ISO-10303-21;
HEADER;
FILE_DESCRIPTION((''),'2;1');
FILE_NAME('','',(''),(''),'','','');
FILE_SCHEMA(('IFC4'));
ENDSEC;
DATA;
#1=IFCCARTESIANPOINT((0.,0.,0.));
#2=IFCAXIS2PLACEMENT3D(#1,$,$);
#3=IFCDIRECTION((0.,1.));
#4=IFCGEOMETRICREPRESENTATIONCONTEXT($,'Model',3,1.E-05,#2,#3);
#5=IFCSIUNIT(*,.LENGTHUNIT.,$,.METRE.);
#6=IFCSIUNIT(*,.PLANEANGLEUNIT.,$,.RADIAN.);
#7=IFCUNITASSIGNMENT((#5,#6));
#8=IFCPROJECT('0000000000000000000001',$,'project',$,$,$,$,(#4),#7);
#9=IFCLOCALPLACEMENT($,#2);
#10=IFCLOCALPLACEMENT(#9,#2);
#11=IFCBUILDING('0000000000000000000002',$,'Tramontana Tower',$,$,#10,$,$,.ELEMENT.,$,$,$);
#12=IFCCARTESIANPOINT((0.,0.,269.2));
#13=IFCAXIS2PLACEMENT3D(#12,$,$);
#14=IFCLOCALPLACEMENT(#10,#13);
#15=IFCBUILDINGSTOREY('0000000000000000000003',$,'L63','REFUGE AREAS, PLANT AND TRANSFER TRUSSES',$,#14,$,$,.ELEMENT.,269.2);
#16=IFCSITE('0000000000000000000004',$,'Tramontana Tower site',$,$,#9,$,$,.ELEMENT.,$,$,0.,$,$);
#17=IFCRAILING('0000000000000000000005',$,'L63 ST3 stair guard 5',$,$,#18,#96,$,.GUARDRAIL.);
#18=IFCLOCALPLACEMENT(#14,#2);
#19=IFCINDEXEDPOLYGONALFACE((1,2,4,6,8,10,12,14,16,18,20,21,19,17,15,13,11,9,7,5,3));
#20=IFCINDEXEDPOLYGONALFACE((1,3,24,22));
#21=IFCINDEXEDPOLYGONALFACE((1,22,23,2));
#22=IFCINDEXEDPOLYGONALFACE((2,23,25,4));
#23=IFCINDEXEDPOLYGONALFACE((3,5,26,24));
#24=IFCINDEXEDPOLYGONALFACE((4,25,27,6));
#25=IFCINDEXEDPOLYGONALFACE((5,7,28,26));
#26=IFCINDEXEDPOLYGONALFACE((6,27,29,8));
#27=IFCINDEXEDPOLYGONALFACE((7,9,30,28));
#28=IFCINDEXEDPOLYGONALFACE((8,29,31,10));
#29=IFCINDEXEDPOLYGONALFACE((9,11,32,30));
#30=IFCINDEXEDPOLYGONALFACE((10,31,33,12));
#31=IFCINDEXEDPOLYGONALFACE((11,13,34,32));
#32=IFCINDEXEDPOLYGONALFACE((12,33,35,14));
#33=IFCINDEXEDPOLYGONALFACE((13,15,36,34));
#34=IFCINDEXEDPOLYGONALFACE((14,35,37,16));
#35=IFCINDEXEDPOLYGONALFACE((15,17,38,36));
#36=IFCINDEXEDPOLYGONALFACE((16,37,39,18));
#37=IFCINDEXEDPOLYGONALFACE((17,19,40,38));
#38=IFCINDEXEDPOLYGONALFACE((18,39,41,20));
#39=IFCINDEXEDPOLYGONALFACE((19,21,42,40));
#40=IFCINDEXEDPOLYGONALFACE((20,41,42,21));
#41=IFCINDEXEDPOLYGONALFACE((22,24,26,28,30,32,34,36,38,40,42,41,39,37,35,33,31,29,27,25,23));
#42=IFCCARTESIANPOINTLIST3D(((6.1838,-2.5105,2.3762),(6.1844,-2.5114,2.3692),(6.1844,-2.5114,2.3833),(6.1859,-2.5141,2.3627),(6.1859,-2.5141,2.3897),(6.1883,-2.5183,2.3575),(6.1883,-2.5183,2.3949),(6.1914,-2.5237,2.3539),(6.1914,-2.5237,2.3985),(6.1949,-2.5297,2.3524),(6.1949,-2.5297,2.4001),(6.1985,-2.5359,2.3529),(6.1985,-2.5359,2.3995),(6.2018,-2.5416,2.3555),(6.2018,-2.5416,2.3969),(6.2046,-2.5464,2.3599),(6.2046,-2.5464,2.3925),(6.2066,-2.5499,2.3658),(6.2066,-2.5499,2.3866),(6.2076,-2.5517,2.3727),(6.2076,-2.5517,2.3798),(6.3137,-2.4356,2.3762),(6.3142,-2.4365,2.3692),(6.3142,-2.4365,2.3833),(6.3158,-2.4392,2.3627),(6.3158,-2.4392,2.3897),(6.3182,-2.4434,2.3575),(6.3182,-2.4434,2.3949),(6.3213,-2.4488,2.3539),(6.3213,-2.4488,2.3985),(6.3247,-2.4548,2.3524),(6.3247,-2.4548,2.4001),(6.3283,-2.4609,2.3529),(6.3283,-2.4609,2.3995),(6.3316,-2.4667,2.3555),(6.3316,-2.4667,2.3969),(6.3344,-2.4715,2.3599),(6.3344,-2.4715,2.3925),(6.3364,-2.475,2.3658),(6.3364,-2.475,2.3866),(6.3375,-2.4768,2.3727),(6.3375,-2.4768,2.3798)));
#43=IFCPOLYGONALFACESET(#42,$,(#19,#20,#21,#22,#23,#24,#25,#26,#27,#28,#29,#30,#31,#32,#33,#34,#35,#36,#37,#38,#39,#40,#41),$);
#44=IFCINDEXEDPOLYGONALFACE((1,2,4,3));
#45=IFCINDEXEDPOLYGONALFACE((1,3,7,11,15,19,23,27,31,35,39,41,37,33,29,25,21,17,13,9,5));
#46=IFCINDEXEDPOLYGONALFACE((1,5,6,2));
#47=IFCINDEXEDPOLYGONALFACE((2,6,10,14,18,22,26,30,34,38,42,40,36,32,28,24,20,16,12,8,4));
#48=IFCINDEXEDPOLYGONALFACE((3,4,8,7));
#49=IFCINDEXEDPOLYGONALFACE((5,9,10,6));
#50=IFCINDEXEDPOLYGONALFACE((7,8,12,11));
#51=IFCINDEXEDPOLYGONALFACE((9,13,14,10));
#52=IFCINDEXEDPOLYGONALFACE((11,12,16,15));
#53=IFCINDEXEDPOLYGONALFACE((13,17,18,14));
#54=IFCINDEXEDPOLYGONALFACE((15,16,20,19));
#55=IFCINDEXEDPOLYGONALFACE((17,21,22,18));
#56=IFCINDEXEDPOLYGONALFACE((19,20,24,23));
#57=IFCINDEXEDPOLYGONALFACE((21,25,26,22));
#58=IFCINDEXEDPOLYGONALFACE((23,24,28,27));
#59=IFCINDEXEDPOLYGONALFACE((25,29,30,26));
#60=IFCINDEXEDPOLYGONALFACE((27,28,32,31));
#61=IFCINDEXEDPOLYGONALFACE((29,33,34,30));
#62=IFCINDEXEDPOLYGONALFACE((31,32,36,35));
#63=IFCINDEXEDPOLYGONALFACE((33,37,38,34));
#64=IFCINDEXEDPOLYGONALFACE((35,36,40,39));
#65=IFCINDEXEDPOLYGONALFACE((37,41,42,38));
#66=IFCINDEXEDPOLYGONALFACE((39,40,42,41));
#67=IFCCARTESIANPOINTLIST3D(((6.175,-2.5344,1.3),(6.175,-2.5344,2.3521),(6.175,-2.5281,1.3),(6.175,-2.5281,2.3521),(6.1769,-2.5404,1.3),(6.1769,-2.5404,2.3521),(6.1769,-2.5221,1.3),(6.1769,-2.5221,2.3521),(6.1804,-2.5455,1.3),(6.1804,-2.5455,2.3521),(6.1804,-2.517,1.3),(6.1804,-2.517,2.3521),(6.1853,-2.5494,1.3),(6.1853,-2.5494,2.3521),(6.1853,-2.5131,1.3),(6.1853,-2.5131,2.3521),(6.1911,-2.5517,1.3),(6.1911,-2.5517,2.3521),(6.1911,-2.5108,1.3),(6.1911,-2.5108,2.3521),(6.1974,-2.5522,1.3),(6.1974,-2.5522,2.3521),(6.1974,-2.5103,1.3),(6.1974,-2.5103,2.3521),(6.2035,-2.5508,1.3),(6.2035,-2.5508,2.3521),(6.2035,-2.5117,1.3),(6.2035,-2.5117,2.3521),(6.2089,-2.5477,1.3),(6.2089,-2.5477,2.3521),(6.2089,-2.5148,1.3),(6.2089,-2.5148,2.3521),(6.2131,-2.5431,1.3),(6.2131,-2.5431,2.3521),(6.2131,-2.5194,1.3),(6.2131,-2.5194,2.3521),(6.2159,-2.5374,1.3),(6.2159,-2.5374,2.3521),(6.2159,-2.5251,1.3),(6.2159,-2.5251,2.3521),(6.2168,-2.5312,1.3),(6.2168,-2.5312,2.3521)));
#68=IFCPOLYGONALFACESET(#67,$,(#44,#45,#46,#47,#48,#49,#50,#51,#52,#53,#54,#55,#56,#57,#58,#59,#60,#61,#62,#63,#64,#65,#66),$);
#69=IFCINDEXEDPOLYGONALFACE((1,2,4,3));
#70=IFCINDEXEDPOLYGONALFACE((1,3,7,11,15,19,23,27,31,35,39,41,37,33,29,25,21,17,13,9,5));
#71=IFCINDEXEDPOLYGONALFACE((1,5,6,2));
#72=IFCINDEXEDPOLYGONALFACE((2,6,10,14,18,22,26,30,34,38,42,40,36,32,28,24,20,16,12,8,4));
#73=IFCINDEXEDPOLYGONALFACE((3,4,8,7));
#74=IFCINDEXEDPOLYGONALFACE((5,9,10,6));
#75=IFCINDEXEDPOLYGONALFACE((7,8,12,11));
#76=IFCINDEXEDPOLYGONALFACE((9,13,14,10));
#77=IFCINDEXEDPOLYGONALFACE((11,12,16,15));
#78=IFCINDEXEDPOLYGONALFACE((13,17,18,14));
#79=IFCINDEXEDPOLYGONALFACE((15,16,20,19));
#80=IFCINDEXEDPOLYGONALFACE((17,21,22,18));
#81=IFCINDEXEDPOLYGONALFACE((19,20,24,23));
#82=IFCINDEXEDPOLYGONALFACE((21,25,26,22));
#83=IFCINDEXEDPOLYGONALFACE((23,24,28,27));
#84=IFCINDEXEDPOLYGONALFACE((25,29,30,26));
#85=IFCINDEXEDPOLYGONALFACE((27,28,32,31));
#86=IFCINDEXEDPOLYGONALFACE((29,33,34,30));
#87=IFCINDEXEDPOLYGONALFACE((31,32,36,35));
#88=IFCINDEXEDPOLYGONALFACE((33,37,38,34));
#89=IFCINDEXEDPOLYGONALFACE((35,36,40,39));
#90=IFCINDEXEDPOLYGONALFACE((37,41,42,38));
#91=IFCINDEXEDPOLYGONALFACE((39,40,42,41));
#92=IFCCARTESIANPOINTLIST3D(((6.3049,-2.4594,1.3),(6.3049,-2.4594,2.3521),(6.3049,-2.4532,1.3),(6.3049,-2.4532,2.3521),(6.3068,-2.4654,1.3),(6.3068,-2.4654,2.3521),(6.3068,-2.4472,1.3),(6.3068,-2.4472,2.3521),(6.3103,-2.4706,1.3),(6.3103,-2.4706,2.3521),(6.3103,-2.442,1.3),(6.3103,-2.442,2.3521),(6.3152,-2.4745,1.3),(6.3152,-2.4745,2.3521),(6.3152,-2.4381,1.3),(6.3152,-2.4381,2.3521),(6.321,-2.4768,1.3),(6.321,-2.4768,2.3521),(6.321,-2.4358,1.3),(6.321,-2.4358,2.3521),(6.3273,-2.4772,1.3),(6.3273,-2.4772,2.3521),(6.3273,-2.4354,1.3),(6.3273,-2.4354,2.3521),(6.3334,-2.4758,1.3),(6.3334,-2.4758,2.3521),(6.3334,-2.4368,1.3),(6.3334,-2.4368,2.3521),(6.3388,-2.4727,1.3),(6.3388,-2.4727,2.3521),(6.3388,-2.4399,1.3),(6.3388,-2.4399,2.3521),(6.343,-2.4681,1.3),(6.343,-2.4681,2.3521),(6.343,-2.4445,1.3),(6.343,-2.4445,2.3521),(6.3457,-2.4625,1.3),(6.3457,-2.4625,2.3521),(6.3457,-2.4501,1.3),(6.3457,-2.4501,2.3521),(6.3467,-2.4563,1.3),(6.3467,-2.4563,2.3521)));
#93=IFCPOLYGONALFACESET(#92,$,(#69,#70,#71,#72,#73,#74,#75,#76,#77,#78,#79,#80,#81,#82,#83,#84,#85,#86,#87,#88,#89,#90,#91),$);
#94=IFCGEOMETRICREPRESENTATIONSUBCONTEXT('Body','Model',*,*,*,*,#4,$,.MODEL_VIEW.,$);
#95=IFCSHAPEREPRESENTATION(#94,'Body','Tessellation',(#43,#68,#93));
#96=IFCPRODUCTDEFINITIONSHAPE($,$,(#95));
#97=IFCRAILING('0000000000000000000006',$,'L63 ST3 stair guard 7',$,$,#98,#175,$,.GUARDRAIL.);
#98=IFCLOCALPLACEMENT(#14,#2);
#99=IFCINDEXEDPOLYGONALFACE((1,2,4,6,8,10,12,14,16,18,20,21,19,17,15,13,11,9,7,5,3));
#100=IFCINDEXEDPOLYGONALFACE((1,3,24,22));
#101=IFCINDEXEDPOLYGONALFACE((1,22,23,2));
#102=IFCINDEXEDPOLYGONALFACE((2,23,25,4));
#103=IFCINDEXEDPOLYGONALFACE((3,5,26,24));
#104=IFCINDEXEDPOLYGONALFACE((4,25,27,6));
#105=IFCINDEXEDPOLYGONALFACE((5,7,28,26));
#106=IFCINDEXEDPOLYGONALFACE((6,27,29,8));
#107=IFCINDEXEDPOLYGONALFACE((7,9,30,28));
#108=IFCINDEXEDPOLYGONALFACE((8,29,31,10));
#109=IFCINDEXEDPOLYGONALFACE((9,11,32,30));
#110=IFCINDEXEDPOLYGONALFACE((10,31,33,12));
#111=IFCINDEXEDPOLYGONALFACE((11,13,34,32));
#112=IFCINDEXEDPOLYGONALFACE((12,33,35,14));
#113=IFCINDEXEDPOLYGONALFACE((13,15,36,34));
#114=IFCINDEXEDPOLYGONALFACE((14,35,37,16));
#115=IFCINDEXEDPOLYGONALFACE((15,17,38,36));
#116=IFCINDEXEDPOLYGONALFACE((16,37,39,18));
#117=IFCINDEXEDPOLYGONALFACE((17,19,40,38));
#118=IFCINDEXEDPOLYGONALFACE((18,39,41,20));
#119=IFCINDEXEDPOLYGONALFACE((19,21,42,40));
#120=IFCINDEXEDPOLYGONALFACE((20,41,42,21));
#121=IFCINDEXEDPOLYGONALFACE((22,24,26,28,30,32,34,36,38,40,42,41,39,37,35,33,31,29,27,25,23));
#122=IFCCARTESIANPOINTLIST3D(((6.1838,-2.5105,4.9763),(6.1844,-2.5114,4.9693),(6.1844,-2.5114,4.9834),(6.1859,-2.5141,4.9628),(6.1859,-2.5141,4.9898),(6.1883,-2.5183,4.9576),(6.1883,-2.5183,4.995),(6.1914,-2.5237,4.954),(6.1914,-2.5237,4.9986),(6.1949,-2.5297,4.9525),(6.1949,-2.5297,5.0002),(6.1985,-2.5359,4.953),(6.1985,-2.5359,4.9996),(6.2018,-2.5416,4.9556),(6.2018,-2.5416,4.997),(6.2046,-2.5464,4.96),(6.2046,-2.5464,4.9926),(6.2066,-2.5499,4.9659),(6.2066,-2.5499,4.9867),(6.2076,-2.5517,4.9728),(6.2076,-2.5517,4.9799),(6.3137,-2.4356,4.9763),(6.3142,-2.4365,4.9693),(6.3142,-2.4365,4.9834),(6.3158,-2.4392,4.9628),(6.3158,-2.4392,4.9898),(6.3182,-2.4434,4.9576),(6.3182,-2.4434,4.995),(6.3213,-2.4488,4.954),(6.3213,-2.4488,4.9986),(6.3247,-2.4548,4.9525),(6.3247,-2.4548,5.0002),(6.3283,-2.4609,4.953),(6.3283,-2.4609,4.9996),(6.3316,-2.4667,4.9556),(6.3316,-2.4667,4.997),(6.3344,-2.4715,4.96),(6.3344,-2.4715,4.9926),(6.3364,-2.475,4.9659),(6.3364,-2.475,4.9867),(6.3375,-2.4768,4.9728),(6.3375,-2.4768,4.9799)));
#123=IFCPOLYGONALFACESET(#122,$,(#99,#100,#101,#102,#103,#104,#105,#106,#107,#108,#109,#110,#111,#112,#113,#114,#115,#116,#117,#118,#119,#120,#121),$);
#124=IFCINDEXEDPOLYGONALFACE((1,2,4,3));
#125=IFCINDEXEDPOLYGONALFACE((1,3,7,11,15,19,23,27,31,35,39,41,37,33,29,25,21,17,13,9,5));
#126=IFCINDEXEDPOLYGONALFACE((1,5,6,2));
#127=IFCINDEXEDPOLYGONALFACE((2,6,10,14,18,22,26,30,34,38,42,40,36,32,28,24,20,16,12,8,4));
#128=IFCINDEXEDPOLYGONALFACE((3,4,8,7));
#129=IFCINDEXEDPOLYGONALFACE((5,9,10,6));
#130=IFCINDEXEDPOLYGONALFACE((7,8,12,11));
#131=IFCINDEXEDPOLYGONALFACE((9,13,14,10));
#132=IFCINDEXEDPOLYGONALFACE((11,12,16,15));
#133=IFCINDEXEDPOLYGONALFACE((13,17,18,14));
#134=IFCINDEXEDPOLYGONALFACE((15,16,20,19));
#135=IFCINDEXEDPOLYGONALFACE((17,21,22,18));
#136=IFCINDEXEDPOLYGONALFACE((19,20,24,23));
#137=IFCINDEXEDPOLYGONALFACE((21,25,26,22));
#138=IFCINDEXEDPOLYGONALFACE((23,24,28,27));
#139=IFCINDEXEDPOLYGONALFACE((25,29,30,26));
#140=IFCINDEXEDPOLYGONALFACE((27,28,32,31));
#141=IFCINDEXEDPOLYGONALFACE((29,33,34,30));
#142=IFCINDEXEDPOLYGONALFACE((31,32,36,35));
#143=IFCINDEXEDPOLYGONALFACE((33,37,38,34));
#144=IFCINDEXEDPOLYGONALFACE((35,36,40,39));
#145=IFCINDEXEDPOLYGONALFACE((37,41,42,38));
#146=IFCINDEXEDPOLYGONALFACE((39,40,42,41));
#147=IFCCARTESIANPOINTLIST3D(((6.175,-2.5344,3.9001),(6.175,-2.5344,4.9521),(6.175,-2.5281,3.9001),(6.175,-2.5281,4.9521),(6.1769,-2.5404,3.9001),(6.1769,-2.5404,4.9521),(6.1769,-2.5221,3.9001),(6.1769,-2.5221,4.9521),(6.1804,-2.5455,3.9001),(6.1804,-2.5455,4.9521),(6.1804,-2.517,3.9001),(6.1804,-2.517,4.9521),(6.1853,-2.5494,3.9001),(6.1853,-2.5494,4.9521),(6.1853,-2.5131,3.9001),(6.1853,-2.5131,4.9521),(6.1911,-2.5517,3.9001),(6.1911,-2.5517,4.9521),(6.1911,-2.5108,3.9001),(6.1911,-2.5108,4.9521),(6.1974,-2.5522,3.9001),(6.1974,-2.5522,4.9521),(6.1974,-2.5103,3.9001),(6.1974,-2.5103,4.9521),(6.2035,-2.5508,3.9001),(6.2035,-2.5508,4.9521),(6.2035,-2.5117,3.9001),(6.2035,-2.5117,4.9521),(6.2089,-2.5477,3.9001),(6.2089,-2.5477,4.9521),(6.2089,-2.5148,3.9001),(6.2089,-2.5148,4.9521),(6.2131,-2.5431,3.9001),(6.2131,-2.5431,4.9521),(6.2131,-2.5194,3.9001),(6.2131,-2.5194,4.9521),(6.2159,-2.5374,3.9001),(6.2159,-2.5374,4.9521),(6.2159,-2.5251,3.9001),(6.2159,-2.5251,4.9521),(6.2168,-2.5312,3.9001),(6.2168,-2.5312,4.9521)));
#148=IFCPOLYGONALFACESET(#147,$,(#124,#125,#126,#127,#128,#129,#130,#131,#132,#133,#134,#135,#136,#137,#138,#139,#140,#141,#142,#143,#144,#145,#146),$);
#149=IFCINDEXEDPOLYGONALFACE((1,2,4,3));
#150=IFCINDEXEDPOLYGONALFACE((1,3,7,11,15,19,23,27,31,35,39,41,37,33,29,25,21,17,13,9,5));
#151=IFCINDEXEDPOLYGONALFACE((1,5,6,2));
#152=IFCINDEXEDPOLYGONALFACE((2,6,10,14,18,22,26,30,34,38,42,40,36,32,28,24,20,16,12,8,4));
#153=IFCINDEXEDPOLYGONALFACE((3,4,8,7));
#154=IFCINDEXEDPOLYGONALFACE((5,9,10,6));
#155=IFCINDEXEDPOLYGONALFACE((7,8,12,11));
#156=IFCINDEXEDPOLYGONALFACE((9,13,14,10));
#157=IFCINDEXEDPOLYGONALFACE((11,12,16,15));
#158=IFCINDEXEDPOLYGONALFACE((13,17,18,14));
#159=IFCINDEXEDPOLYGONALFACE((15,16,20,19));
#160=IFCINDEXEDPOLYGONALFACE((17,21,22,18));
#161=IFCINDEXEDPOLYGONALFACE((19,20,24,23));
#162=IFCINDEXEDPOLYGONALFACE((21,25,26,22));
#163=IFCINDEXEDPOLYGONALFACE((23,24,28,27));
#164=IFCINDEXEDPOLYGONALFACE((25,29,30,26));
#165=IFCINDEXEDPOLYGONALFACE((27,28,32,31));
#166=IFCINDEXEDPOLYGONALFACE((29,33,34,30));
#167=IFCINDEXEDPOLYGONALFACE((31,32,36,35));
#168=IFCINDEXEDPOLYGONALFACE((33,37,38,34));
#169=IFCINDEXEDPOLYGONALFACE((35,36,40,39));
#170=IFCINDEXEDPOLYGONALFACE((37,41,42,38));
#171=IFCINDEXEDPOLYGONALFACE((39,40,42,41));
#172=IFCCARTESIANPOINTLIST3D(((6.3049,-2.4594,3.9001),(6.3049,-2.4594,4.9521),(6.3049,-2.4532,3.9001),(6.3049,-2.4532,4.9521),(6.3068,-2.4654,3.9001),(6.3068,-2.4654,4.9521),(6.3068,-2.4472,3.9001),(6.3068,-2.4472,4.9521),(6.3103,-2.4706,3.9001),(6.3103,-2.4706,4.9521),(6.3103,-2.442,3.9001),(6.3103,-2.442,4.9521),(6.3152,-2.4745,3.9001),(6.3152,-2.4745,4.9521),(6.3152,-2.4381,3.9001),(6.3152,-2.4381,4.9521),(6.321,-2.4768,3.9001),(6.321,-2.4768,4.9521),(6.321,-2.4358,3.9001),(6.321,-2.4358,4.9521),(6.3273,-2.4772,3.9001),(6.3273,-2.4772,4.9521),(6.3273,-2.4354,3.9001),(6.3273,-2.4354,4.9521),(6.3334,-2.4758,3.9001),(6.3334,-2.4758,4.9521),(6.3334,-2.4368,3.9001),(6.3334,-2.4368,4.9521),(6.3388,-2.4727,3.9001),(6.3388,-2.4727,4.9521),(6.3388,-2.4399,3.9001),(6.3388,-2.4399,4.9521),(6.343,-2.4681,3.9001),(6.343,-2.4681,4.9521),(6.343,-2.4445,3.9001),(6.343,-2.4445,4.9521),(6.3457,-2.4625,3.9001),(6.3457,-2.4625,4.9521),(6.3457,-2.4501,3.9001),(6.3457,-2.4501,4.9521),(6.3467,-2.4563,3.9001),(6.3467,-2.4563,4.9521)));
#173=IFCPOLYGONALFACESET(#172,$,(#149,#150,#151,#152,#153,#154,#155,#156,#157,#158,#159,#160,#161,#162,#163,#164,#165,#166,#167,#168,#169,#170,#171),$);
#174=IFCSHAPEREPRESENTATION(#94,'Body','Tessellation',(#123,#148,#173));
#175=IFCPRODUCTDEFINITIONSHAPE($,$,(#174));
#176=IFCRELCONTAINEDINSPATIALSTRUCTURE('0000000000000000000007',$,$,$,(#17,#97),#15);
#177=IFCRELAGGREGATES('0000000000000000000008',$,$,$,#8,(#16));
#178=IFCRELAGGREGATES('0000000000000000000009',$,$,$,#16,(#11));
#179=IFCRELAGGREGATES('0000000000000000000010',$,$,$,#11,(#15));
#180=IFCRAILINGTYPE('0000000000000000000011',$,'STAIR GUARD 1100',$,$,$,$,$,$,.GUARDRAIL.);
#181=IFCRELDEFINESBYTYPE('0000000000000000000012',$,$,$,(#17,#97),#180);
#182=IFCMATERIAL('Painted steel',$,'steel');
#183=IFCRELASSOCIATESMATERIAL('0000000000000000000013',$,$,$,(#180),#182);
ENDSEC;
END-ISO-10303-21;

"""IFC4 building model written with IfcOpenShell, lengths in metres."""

from ifc_helpers import new_model, si_unit, direction, frame, origin, origin_2d, place, context, subcontext, project, spatial, circle, extrude, material, type_object, element, save


model = new_model("IFC4")

# Units and contexts
model_context = context("Model", 3, precision=1e-05, world=origin(), true_north=direction((0.0, 1.0)))
body_context = subcontext(model_context, "Body", "Model", "MODEL_VIEW")
ifc_project = project(units=[si_unit("LENGTHUNIT", "METRE"), si_unit("PLANEANGLEUNIT", "RADIAN")], contexts=[model_context])

# Site, building, storey
site_placement = place(None, origin())
site = spatial("IfcSite", under=ifc_project, at=site_placement, Name="Tramontana Tower site", CompositionType="ELEMENT", RefElevation=0.0)
building_placement = place(site_placement, origin())
building = spatial("IfcBuilding", under=site, at=building_placement, Name="Tramontana Tower", CompositionType="ELEMENT")
storey_placement = place(building_placement, frame((0.0, 0.0, 269.2)))
storey = spatial("IfcBuildingStorey", under=building, at=storey_placement, Name="L63", Description="REFUGE AREAS, PLANT AND TRANSFER TRUSSES", CompositionType="ELEMENT", Elevation=269.2)

# Railings
ifc_material_1 = material(Name="Painted steel", Category="steel")
railing_type_1 = type_object("IfcRailingType", Name="STAIR GUARD 1100", PredefinedType="GUARDRAIL", material=ifc_material_1)
for number, where, name in (
    (1, (6.1958, -2.5312, 1.3), "L63 ST3 stair guard 5"),
    (2, (6.1958, -2.5312, 3.9001), "L63 ST3 stair guard 7"),
):
    element("IfcRailing", number, at=place(storey_placement, frame(where)), inside=storey, type_object=railing_type_1, Name=name, PredefinedType="GUARDRAIL", context=body_context, shape_type="SweptSolid", body=[
        extrude(circle(Radius=0.0239, at=origin_2d()), frame((0.0, 0.0, 1.0762), z_axis=(0.866131, 0.499816, 0.0), x_axis=(-0.499816, 0.866131, 0.0)), (0.0, 0.0, 1.0), 0.1499),
        extrude(circle(Radius=0.021, at=origin_2d()), origin(), (0.0, 0.0, 1.0), 1.052),
        extrude(circle(Radius=0.021, at=origin_2d()), frame((0.1299, 0.075, 0.0)), (0.0, 0.0, 1.0), 1.052),
    ])

save(model, "model.ifc")
